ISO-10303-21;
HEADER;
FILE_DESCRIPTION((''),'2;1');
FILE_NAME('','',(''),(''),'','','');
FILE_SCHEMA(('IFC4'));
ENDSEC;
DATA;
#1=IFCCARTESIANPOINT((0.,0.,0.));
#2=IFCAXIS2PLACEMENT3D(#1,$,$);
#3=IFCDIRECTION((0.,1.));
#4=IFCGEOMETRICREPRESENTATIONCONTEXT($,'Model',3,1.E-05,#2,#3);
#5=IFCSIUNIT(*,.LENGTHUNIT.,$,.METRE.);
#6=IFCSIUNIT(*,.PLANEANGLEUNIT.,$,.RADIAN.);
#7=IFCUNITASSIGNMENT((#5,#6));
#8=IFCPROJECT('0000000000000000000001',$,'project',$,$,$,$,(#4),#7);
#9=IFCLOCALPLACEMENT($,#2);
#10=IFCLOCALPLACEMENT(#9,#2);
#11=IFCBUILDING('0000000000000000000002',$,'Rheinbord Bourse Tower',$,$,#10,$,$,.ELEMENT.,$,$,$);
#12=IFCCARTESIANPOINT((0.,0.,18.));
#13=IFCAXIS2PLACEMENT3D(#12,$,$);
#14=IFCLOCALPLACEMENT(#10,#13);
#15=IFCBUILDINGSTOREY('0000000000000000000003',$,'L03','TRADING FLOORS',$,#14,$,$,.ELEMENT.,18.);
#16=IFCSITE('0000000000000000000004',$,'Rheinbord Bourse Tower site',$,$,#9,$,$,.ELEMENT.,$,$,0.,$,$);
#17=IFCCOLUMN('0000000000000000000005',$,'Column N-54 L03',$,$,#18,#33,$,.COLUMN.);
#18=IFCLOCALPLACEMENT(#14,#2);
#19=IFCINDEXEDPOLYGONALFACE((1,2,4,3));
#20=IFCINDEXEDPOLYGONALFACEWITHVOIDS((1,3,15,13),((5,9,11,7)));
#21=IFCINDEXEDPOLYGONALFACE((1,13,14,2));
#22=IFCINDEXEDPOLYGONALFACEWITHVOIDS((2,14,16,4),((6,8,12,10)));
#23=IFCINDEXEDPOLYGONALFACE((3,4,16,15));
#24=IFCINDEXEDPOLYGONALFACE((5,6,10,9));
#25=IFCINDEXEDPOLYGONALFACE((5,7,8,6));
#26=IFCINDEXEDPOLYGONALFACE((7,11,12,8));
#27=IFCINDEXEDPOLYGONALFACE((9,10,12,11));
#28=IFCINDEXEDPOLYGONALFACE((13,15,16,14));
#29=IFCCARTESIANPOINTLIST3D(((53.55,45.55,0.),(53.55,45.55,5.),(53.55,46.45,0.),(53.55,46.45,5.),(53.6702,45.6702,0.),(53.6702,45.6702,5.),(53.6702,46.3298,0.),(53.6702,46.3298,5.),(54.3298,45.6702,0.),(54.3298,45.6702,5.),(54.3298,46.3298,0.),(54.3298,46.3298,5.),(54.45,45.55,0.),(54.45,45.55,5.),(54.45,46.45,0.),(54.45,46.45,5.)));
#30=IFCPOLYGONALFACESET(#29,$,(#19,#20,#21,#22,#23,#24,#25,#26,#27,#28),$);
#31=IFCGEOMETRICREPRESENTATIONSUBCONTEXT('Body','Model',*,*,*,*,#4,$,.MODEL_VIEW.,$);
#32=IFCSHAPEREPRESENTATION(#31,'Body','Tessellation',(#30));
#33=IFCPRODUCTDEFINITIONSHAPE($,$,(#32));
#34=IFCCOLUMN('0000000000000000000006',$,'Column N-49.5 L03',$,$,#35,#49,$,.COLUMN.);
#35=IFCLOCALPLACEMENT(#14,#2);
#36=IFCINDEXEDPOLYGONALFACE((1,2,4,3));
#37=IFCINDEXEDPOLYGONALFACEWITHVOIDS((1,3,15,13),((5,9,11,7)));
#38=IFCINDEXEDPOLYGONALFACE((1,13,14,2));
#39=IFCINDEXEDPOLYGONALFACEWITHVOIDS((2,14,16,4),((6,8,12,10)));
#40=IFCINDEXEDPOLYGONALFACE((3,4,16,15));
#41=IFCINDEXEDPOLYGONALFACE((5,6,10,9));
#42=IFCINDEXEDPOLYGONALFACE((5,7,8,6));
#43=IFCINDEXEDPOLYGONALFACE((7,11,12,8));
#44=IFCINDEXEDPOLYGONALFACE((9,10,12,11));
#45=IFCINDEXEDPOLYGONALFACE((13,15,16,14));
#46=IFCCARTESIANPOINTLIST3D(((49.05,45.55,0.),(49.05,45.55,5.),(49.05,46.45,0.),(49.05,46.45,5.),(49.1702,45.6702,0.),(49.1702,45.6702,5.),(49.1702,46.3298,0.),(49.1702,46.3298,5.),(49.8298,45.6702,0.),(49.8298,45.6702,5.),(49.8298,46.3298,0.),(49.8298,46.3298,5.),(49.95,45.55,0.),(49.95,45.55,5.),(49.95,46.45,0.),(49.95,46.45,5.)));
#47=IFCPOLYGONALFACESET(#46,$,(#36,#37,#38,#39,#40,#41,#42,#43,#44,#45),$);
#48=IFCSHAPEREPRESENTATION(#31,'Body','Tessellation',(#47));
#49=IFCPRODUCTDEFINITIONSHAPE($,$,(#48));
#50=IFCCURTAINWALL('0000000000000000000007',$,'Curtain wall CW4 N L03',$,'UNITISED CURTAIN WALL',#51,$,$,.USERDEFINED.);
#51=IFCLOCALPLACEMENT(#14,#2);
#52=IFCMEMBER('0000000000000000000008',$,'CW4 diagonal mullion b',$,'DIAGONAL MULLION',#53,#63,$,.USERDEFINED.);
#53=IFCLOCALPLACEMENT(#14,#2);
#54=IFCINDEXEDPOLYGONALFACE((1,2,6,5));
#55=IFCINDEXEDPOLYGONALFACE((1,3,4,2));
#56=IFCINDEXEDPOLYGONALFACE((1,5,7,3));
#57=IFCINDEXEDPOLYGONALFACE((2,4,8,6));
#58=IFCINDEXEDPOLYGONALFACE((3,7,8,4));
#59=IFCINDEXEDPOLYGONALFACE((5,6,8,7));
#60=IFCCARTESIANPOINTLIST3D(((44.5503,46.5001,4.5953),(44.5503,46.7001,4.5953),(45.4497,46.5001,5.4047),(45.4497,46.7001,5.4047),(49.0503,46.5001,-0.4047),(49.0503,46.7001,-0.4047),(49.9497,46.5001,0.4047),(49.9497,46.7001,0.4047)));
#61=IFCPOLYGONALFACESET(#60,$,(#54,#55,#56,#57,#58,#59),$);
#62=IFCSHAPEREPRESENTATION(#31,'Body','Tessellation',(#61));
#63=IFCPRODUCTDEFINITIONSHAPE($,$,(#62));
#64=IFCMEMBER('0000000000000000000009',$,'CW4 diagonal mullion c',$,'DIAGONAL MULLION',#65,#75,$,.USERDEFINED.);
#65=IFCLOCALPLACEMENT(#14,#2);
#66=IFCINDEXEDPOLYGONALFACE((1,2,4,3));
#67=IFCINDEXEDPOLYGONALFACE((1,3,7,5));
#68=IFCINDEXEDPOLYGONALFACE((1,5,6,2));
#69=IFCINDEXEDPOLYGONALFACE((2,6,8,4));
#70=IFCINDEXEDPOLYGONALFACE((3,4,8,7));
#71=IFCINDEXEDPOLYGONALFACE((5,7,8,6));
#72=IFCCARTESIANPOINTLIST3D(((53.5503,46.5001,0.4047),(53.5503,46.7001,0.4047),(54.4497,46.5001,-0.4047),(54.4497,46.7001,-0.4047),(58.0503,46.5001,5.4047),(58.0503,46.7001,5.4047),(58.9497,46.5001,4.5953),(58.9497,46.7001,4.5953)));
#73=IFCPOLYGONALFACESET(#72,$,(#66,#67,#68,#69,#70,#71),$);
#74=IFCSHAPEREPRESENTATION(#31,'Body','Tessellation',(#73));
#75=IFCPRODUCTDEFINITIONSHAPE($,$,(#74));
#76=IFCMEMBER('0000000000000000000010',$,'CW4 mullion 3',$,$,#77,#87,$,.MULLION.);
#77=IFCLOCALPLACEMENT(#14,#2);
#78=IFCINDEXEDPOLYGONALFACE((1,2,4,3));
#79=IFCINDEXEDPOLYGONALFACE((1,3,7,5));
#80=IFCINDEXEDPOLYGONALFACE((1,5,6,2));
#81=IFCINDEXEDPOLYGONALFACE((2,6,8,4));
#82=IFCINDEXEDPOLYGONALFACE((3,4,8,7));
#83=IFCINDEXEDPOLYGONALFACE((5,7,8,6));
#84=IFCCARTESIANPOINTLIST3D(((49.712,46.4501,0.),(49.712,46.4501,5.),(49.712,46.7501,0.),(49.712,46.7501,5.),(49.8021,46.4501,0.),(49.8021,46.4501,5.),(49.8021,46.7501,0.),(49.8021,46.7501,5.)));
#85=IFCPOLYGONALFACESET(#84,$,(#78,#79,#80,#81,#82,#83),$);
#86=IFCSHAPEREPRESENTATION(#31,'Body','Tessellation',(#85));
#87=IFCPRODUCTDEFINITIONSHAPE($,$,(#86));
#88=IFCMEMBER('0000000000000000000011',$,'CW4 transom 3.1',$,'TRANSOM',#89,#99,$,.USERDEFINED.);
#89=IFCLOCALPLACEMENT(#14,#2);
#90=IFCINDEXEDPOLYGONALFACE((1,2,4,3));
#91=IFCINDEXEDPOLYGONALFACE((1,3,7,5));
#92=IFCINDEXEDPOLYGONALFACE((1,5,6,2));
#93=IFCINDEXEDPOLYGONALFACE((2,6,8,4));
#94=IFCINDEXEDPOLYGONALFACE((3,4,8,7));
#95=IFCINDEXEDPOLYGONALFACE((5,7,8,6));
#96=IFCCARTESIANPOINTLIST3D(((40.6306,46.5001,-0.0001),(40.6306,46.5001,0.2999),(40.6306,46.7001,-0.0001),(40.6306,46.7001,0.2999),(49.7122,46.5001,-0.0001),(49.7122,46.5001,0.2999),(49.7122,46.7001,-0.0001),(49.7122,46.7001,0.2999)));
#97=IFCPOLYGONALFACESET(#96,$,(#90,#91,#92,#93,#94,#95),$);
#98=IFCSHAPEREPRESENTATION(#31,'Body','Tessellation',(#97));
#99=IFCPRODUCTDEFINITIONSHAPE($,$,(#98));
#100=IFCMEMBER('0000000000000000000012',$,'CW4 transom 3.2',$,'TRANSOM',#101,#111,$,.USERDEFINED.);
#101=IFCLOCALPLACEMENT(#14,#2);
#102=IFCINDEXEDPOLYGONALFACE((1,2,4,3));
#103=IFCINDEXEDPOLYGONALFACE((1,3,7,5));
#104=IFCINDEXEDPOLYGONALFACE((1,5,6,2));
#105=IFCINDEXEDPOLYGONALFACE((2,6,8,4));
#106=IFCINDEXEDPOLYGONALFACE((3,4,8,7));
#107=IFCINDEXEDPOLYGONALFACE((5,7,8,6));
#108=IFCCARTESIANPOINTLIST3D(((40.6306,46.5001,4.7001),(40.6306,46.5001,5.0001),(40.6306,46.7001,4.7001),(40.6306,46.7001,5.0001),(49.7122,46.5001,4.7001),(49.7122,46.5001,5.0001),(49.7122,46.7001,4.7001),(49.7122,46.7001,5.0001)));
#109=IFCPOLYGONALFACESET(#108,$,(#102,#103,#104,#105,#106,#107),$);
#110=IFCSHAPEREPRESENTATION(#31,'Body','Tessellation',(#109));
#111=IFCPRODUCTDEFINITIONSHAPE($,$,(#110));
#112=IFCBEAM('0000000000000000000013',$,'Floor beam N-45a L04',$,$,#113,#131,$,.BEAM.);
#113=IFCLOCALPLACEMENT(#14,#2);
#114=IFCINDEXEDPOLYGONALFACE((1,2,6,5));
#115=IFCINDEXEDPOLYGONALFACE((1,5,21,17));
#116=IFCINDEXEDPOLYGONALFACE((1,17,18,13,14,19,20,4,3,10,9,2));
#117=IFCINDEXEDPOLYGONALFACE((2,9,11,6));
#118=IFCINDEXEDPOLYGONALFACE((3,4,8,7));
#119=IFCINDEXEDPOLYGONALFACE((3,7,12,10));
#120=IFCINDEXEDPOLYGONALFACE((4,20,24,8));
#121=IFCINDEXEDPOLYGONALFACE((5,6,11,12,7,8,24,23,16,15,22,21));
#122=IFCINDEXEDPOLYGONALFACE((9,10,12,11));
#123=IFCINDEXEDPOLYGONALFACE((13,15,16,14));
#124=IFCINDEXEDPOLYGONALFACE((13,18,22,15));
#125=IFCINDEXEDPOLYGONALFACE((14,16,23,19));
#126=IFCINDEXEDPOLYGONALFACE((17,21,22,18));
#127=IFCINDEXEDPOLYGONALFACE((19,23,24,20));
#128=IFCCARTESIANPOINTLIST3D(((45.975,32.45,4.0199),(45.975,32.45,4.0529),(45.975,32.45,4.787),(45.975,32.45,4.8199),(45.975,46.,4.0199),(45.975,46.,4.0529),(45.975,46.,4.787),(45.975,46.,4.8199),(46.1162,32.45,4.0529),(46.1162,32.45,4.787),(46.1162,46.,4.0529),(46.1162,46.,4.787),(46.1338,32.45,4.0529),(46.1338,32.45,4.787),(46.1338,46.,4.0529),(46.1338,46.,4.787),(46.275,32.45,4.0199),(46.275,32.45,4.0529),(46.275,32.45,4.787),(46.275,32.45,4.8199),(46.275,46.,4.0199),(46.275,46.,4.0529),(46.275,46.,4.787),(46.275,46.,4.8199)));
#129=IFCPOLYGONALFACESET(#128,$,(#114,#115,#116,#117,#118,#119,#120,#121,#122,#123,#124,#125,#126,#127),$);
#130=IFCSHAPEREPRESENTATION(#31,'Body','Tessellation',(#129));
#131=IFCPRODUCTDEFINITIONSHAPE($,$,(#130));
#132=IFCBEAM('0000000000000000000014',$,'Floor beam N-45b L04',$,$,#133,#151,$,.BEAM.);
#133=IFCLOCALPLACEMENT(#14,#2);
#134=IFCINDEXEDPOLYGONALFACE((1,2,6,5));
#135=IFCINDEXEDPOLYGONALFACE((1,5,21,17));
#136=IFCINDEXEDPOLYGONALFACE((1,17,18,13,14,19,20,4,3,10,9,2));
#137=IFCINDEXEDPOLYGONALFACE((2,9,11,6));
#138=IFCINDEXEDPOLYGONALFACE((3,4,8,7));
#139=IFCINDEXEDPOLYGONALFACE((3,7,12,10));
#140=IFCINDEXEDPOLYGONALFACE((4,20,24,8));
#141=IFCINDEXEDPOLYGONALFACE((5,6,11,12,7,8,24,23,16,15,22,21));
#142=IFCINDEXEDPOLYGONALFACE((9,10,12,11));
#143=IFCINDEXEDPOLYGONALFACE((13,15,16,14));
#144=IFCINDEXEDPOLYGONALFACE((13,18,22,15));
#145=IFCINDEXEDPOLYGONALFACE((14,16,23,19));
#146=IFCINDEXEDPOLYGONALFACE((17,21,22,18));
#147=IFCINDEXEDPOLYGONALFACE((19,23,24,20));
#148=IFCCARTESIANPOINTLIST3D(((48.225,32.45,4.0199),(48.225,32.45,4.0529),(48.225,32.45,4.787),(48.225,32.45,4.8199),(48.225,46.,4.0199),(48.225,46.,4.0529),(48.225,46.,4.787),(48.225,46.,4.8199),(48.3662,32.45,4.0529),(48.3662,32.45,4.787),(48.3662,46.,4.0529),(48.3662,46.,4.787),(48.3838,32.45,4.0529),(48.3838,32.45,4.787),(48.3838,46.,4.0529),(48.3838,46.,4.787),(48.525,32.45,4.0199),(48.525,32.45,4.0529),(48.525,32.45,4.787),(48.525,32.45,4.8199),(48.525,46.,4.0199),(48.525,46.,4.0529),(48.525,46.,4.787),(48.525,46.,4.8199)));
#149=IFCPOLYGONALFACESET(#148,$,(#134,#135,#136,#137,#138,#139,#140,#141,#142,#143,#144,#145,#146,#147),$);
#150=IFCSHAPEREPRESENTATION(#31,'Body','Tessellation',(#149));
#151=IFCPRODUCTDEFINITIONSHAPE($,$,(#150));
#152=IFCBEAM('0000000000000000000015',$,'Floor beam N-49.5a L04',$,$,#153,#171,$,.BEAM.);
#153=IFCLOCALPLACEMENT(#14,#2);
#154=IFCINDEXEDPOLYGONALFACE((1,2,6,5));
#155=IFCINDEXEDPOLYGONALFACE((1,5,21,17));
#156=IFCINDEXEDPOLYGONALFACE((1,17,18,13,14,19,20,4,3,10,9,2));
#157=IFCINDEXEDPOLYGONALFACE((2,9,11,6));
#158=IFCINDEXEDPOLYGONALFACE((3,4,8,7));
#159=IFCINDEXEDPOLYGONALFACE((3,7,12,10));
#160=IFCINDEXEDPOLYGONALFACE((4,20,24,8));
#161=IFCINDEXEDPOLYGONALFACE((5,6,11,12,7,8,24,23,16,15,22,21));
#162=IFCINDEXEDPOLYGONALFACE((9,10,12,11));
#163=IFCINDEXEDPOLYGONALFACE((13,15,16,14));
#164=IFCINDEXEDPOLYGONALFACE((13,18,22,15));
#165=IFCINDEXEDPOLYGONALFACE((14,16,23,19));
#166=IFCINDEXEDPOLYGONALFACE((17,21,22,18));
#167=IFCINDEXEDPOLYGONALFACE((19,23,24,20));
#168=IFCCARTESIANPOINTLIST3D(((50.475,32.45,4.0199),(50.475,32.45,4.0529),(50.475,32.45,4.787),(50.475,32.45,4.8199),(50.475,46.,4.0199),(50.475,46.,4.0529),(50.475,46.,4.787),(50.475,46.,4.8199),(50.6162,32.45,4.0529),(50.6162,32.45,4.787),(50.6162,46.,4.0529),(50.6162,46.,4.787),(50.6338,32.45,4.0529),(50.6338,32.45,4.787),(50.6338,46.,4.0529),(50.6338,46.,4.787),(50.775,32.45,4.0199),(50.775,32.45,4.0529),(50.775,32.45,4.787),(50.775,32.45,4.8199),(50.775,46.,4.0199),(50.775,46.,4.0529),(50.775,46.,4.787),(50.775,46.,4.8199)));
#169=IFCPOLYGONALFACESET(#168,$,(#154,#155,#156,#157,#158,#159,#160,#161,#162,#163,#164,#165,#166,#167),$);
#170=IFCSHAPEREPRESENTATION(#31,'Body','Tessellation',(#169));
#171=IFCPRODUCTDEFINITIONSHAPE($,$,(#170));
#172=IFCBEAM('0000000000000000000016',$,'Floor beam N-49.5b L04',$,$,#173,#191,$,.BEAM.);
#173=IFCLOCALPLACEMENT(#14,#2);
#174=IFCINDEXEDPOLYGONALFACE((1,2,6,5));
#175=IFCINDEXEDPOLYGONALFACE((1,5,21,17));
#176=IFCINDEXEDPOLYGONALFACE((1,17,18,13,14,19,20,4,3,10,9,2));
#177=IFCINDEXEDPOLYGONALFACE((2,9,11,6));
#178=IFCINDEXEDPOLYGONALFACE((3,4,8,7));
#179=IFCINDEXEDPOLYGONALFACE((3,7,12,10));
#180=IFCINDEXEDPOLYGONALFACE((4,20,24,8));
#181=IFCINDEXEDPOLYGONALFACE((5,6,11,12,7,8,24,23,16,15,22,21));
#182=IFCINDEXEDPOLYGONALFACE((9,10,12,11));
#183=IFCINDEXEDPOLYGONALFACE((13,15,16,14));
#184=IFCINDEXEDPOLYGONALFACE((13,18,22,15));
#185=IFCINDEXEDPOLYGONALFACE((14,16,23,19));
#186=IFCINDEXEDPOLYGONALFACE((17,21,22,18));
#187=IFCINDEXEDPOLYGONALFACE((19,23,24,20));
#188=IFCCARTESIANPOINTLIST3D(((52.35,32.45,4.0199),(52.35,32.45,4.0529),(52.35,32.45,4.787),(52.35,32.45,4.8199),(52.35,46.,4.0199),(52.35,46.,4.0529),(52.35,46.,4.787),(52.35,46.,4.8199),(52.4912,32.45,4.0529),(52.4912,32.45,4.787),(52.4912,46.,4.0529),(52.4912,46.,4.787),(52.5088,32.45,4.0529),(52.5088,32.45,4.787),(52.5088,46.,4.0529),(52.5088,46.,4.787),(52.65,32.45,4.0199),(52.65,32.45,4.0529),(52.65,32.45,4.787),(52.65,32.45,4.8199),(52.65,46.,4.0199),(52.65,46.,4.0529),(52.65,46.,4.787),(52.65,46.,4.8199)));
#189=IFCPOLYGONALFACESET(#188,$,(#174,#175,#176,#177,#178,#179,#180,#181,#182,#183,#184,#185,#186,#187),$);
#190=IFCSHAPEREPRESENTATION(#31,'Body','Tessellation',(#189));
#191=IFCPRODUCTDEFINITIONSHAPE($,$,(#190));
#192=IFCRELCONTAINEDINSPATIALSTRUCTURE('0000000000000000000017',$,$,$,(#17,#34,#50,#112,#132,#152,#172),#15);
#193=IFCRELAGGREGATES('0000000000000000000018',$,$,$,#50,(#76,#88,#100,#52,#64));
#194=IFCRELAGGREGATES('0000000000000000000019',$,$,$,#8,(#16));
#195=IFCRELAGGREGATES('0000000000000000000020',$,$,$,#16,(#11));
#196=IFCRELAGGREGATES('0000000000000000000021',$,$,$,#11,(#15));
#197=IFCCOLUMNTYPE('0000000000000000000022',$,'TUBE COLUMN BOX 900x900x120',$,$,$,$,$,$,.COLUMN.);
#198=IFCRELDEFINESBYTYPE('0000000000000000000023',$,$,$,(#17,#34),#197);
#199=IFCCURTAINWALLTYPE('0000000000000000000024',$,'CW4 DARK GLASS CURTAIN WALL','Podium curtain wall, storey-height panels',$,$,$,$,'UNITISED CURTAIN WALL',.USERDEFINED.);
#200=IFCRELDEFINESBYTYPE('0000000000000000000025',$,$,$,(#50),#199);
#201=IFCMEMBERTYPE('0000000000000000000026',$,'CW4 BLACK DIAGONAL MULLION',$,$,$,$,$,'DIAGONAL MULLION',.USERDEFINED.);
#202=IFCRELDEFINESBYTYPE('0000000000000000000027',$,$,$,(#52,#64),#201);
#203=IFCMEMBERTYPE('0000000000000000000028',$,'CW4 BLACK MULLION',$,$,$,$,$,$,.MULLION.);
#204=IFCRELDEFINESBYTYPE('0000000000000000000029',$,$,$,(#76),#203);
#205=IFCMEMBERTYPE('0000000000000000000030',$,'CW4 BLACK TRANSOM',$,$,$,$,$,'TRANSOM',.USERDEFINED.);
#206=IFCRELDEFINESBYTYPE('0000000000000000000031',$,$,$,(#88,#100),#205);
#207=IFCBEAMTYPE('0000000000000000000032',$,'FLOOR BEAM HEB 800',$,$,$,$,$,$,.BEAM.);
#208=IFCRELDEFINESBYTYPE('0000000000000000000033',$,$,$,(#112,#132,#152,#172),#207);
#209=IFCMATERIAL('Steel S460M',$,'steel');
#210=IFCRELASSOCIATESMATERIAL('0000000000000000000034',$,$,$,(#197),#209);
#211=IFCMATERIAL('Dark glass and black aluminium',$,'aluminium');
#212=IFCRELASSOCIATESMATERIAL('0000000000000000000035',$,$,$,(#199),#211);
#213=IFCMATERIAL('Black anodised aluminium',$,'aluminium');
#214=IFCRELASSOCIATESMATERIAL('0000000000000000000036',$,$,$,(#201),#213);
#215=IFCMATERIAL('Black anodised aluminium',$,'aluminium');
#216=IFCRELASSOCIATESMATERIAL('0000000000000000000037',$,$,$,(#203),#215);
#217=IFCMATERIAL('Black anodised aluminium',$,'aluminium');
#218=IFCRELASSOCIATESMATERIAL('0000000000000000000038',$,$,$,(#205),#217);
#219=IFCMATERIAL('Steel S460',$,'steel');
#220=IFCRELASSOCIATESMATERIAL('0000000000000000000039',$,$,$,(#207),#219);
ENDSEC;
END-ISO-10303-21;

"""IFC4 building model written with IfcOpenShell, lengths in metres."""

from ifc_helpers import new_model, si_unit, direction, frame, origin, origin_2d, place, context, subcontext, project, spatial, rectangle, hollow_rectangle, i_section, extrude, material, material_profile, profile_set, type_object, element, aggregate, save


model = new_model("IFC4")

# Units and contexts
model_context = context("Model", 3, precision=1e-05, world=origin(), true_north=direction((0.0, 1.0)))
body_context = subcontext(model_context, "Body", "Model", "MODEL_VIEW")
ifc_project = project(units=[si_unit("LENGTHUNIT", "METRE"), si_unit("PLANEANGLEUNIT", "RADIAN")], contexts=[model_context])

# Site, building, storey
site_placement = place(None, origin())
site = spatial("IfcSite", under=ifc_project, at=site_placement, Name="Rheinbord Bourse Tower site", CompositionType="ELEMENT", RefElevation=0.0)
building_placement = place(site_placement, origin())
building = spatial("IfcBuilding", under=site, at=building_placement, Name="Rheinbord Bourse Tower", CompositionType="ELEMENT")
storey_placement = place(building_placement, frame((0.0, 0.0, 18.0)))
storey = spatial("IfcBuildingStorey", under=building, at=storey_placement, Name="L03", Description="TRADING FLOORS", CompositionType="ELEMENT", Elevation=18.0)

# Columns
ifc_material_1 = material(Name="Steel S460M", Category="steel")
ifc_material_profile_1 = material_profile(ifc_material_1, hollow_rectangle(XDim=0.8999, YDim=0.8999, WallThickness=0.1201, at=origin_2d()), Name="BOX 900x900x120")
ifc_profile_set_1 = profile_set([ifc_material_profile_1], Name="Steel S460M")
column_type = type_object("IfcColumnType", Name="TUBE COLUMN BOX 900x900x120", PredefinedType="COLUMN", material=ifc_profile_set_1)
for number, where, z_axis, x_axis, name in (
    (1, (54.0, 46.0, 0.0), (0.0, 0.0, 1.0), (0.0, 1.0, 0.0), "Column N-54 L03"),
    (2, (49.5, 46.0, 0.0), (0.0, 0.0, 1.0), (0.0, 1.0, 0.0), "Column N-49.5 L03"),
):
    element("IfcColumn", number, at=place(storey_placement, frame(where, z_axis=z_axis, x_axis=x_axis)), inside=storey, type_object=column_type, Name=name, PredefinedType="COLUMN", context=body_context, shape_type="SweptSolid", body=[
        extrude(hollow_rectangle(XDim=0.8999, YDim=0.8999, WallThickness=0.1201, at=origin_2d()), origin(), (0.0, 0.0, 1.0), 5.0),
    ])

# Curtain wall, members
ifc_material_2 = material(Name="Dark glass and black aluminium", Category="aluminium")
curtain_wall_type = type_object("IfcCurtainWallType", Name="CW4 DARK GLASS CURTAIN WALL", Description="Podium curtain wall, storey-height panels", ElementType="UNITISED CURTAIN WALL", PredefinedType="USERDEFINED", material=ifc_material_2)
curtain_wall_placement = place(storey_placement, origin())
curtain_wall = element("IfcCurtainWall", 3, at=curtain_wall_placement, inside=storey, type_object=curtain_wall_type, Name="Curtain wall CW4 N L03", ObjectType="UNITISED CURTAIN WALL", PredefinedType="USERDEFINED")
ifc_material_3 = material(Name="Black anodised aluminium", Category="aluminium")
ifc_material_profile_2 = material_profile(ifc_material_3, rectangle(XDim=0.2, YDim=1.21, at=origin_2d()), Name="CW4 DIAGONAL MULLION 1210x200")
ifc_profile_set_2 = profile_set([ifc_material_profile_2], Name="Black anodised aluminium")
member_type_1 = type_object("IfcMemberType", Name="CW4 BLACK DIAGONAL MULLION", ElementType="DIAGONAL MULLION", PredefinedType="USERDEFINED", material=ifc_profile_set_2)
member_1_placement = place(storey_placement, frame((49.5, 46.6001, 0.0), z_axis=(-0.668965, 0.0, 0.743294), x_axis=(0.0, -1.0, 0.0)))
member_1 = element("IfcMember", 4, at=member_1_placement, type_object=member_type_1, Name="CW4 diagonal mullion b", ObjectType="DIAGONAL MULLION", PredefinedType="USERDEFINED", context=body_context, shape_type="SweptSolid", body=[
    extrude(rectangle(XDim=0.2, YDim=1.21, at=origin_2d()), origin(), (0.0, 0.0, 1.0), 6.7268),
])
member_2_placement = place(storey_placement, frame((54.0, 46.6001, 0.0), z_axis=(0.668965, 0.0, 0.743294), x_axis=(0.0, 1.0, 0.0)))
member_2 = element("IfcMember", 5, at=member_2_placement, type_object=member_type_1, Name="CW4 diagonal mullion c", ObjectType="DIAGONAL MULLION", PredefinedType="USERDEFINED", context=body_context, shape_type="SweptSolid", body=[
    extrude(rectangle(XDim=0.2, YDim=1.21, at=origin_2d()), origin(), (0.0, 0.0, 1.0), 6.7268),
])
ifc_material_4 = material(Name="Black anodised aluminium", Category="aluminium")
ifc_material_profile_3 = material_profile(ifc_material_4, rectangle(XDim=0.3, YDim=0.0901, at=origin_2d()), Name="CW4 MULLION 90x300")
ifc_profile_set_3 = profile_set([ifc_material_profile_3], Name="Black anodised aluminium")
member_type_2 = type_object("IfcMemberType", Name="CW4 BLACK MULLION", PredefinedType="MULLION", material=ifc_profile_set_3)
member_3_placement = place(storey_placement, frame((49.7571, 46.6001, 0.0), z_axis=(0.0, 0.0, 1.0), x_axis=(0.0, -1.0, 0.0)))
member_3 = element("IfcMember", 6, at=member_3_placement, type_object=member_type_2, Name="CW4 mullion 3", PredefinedType="MULLION", context=body_context, shape_type="SweptSolid", body=[
    extrude(rectangle(XDim=0.3, YDim=0.0901, at=origin_2d()), origin(), (0.0, 0.0, 1.0), 5.0),
])
ifc_material_5 = material(Name="Black anodised aluminium", Category="aluminium")
ifc_material_profile_4 = material_profile(ifc_material_5, rectangle(XDim=0.2, YDim=0.3, at=origin_2d()), Name="CW4 TRANSOM 300x200")
ifc_profile_set_4 = profile_set([ifc_material_profile_4], Name="Black anodised aluminium")
member_type_3 = type_object("IfcMemberType", Name="CW4 BLACK TRANSOM", ElementType="TRANSOM", PredefinedType="USERDEFINED", material=ifc_profile_set_4)
member_4_placement = place(storey_placement, frame((49.7122, 46.6001, 0.1499), z_axis=(-1.0, 0.0, 0.0), x_axis=(0.0, -1.0, 0.0)))
member_4 = element("IfcMember", 7, at=member_4_placement, type_object=member_type_3, Name="CW4 transom 3.1", ObjectType="TRANSOM", PredefinedType="USERDEFINED", context=body_context, shape_type="SweptSolid", body=[
    extrude(rectangle(XDim=0.2, YDim=0.3, at=origin_2d()), origin(), (0.0, 0.0, 1.0), 9.0815),
])
member_5_placement = place(storey_placement, frame((49.7122, 46.6001, 4.8501), z_axis=(-1.0, 0.0, 0.0), x_axis=(0.0, -1.0, 0.0)))
member_5 = element("IfcMember", 8, at=member_5_placement, type_object=member_type_3, Name="CW4 transom 3.2", ObjectType="TRANSOM", PredefinedType="USERDEFINED", context=body_context, shape_type="SweptSolid", body=[
    extrude(rectangle(XDim=0.2, YDim=0.3, at=origin_2d()), origin(), (0.0, 0.0, 1.0), 9.0815),
])

# Beams
ifc_material_6 = material(Name="Steel S460", Category="steel")
ifc_material_profile_5 = material_profile(ifc_material_6, i_section(OverallWidth=0.3, OverallDepth=0.8, WebThickness=0.0176, FlangeThickness=0.033, at=origin_2d()), Name="HEB 800")
ifc_profile_set_5 = profile_set([ifc_material_profile_5], Name="Steel S460")
beam_type_1 = type_object("IfcBeamType", Name="FLOOR BEAM HEB 800", PredefinedType="BEAM", material=ifc_profile_set_5)
for number, where, z_axis, x_axis, name in (
    (9, (46.125, 46.0, 4.4199), (0.0, -1.0, 0.0), (1.0, 0.0, 0.0), "Floor beam N-45a L04"),
    (10, (48.375, 46.0, 4.4199), (0.0, -1.0, 0.0), (1.0, 0.0, 0.0), "Floor beam N-45b L04"),
    (11, (50.625, 46.0, 4.4199), (0.0, -1.0, 0.0), (1.0, 0.0, 0.0), "Floor beam N-49.5a L04"),
    (12, (52.5, 46.0, 4.4199), (0.0, -1.0, 0.0), (1.0, 0.0, 0.0), "Floor beam N-49.5b L04"),
):
    element("IfcBeam", number, at=place(storey_placement, frame(where, z_axis=z_axis, x_axis=x_axis)), inside=storey, type_object=beam_type_1, Name=name, PredefinedType="BEAM", context=body_context, shape_type="SweptSolid", body=[
        extrude(i_section(OverallWidth=0.3, OverallDepth=0.8, WebThickness=0.0176, FlangeThickness=0.033, at=origin_2d()), origin(), (0.0, 0.0, 1.0), 13.55),
    ])

aggregate(curtain_wall, [member_3, member_4, member_5, member_1, member_2])

save(model, "model.ifc")
